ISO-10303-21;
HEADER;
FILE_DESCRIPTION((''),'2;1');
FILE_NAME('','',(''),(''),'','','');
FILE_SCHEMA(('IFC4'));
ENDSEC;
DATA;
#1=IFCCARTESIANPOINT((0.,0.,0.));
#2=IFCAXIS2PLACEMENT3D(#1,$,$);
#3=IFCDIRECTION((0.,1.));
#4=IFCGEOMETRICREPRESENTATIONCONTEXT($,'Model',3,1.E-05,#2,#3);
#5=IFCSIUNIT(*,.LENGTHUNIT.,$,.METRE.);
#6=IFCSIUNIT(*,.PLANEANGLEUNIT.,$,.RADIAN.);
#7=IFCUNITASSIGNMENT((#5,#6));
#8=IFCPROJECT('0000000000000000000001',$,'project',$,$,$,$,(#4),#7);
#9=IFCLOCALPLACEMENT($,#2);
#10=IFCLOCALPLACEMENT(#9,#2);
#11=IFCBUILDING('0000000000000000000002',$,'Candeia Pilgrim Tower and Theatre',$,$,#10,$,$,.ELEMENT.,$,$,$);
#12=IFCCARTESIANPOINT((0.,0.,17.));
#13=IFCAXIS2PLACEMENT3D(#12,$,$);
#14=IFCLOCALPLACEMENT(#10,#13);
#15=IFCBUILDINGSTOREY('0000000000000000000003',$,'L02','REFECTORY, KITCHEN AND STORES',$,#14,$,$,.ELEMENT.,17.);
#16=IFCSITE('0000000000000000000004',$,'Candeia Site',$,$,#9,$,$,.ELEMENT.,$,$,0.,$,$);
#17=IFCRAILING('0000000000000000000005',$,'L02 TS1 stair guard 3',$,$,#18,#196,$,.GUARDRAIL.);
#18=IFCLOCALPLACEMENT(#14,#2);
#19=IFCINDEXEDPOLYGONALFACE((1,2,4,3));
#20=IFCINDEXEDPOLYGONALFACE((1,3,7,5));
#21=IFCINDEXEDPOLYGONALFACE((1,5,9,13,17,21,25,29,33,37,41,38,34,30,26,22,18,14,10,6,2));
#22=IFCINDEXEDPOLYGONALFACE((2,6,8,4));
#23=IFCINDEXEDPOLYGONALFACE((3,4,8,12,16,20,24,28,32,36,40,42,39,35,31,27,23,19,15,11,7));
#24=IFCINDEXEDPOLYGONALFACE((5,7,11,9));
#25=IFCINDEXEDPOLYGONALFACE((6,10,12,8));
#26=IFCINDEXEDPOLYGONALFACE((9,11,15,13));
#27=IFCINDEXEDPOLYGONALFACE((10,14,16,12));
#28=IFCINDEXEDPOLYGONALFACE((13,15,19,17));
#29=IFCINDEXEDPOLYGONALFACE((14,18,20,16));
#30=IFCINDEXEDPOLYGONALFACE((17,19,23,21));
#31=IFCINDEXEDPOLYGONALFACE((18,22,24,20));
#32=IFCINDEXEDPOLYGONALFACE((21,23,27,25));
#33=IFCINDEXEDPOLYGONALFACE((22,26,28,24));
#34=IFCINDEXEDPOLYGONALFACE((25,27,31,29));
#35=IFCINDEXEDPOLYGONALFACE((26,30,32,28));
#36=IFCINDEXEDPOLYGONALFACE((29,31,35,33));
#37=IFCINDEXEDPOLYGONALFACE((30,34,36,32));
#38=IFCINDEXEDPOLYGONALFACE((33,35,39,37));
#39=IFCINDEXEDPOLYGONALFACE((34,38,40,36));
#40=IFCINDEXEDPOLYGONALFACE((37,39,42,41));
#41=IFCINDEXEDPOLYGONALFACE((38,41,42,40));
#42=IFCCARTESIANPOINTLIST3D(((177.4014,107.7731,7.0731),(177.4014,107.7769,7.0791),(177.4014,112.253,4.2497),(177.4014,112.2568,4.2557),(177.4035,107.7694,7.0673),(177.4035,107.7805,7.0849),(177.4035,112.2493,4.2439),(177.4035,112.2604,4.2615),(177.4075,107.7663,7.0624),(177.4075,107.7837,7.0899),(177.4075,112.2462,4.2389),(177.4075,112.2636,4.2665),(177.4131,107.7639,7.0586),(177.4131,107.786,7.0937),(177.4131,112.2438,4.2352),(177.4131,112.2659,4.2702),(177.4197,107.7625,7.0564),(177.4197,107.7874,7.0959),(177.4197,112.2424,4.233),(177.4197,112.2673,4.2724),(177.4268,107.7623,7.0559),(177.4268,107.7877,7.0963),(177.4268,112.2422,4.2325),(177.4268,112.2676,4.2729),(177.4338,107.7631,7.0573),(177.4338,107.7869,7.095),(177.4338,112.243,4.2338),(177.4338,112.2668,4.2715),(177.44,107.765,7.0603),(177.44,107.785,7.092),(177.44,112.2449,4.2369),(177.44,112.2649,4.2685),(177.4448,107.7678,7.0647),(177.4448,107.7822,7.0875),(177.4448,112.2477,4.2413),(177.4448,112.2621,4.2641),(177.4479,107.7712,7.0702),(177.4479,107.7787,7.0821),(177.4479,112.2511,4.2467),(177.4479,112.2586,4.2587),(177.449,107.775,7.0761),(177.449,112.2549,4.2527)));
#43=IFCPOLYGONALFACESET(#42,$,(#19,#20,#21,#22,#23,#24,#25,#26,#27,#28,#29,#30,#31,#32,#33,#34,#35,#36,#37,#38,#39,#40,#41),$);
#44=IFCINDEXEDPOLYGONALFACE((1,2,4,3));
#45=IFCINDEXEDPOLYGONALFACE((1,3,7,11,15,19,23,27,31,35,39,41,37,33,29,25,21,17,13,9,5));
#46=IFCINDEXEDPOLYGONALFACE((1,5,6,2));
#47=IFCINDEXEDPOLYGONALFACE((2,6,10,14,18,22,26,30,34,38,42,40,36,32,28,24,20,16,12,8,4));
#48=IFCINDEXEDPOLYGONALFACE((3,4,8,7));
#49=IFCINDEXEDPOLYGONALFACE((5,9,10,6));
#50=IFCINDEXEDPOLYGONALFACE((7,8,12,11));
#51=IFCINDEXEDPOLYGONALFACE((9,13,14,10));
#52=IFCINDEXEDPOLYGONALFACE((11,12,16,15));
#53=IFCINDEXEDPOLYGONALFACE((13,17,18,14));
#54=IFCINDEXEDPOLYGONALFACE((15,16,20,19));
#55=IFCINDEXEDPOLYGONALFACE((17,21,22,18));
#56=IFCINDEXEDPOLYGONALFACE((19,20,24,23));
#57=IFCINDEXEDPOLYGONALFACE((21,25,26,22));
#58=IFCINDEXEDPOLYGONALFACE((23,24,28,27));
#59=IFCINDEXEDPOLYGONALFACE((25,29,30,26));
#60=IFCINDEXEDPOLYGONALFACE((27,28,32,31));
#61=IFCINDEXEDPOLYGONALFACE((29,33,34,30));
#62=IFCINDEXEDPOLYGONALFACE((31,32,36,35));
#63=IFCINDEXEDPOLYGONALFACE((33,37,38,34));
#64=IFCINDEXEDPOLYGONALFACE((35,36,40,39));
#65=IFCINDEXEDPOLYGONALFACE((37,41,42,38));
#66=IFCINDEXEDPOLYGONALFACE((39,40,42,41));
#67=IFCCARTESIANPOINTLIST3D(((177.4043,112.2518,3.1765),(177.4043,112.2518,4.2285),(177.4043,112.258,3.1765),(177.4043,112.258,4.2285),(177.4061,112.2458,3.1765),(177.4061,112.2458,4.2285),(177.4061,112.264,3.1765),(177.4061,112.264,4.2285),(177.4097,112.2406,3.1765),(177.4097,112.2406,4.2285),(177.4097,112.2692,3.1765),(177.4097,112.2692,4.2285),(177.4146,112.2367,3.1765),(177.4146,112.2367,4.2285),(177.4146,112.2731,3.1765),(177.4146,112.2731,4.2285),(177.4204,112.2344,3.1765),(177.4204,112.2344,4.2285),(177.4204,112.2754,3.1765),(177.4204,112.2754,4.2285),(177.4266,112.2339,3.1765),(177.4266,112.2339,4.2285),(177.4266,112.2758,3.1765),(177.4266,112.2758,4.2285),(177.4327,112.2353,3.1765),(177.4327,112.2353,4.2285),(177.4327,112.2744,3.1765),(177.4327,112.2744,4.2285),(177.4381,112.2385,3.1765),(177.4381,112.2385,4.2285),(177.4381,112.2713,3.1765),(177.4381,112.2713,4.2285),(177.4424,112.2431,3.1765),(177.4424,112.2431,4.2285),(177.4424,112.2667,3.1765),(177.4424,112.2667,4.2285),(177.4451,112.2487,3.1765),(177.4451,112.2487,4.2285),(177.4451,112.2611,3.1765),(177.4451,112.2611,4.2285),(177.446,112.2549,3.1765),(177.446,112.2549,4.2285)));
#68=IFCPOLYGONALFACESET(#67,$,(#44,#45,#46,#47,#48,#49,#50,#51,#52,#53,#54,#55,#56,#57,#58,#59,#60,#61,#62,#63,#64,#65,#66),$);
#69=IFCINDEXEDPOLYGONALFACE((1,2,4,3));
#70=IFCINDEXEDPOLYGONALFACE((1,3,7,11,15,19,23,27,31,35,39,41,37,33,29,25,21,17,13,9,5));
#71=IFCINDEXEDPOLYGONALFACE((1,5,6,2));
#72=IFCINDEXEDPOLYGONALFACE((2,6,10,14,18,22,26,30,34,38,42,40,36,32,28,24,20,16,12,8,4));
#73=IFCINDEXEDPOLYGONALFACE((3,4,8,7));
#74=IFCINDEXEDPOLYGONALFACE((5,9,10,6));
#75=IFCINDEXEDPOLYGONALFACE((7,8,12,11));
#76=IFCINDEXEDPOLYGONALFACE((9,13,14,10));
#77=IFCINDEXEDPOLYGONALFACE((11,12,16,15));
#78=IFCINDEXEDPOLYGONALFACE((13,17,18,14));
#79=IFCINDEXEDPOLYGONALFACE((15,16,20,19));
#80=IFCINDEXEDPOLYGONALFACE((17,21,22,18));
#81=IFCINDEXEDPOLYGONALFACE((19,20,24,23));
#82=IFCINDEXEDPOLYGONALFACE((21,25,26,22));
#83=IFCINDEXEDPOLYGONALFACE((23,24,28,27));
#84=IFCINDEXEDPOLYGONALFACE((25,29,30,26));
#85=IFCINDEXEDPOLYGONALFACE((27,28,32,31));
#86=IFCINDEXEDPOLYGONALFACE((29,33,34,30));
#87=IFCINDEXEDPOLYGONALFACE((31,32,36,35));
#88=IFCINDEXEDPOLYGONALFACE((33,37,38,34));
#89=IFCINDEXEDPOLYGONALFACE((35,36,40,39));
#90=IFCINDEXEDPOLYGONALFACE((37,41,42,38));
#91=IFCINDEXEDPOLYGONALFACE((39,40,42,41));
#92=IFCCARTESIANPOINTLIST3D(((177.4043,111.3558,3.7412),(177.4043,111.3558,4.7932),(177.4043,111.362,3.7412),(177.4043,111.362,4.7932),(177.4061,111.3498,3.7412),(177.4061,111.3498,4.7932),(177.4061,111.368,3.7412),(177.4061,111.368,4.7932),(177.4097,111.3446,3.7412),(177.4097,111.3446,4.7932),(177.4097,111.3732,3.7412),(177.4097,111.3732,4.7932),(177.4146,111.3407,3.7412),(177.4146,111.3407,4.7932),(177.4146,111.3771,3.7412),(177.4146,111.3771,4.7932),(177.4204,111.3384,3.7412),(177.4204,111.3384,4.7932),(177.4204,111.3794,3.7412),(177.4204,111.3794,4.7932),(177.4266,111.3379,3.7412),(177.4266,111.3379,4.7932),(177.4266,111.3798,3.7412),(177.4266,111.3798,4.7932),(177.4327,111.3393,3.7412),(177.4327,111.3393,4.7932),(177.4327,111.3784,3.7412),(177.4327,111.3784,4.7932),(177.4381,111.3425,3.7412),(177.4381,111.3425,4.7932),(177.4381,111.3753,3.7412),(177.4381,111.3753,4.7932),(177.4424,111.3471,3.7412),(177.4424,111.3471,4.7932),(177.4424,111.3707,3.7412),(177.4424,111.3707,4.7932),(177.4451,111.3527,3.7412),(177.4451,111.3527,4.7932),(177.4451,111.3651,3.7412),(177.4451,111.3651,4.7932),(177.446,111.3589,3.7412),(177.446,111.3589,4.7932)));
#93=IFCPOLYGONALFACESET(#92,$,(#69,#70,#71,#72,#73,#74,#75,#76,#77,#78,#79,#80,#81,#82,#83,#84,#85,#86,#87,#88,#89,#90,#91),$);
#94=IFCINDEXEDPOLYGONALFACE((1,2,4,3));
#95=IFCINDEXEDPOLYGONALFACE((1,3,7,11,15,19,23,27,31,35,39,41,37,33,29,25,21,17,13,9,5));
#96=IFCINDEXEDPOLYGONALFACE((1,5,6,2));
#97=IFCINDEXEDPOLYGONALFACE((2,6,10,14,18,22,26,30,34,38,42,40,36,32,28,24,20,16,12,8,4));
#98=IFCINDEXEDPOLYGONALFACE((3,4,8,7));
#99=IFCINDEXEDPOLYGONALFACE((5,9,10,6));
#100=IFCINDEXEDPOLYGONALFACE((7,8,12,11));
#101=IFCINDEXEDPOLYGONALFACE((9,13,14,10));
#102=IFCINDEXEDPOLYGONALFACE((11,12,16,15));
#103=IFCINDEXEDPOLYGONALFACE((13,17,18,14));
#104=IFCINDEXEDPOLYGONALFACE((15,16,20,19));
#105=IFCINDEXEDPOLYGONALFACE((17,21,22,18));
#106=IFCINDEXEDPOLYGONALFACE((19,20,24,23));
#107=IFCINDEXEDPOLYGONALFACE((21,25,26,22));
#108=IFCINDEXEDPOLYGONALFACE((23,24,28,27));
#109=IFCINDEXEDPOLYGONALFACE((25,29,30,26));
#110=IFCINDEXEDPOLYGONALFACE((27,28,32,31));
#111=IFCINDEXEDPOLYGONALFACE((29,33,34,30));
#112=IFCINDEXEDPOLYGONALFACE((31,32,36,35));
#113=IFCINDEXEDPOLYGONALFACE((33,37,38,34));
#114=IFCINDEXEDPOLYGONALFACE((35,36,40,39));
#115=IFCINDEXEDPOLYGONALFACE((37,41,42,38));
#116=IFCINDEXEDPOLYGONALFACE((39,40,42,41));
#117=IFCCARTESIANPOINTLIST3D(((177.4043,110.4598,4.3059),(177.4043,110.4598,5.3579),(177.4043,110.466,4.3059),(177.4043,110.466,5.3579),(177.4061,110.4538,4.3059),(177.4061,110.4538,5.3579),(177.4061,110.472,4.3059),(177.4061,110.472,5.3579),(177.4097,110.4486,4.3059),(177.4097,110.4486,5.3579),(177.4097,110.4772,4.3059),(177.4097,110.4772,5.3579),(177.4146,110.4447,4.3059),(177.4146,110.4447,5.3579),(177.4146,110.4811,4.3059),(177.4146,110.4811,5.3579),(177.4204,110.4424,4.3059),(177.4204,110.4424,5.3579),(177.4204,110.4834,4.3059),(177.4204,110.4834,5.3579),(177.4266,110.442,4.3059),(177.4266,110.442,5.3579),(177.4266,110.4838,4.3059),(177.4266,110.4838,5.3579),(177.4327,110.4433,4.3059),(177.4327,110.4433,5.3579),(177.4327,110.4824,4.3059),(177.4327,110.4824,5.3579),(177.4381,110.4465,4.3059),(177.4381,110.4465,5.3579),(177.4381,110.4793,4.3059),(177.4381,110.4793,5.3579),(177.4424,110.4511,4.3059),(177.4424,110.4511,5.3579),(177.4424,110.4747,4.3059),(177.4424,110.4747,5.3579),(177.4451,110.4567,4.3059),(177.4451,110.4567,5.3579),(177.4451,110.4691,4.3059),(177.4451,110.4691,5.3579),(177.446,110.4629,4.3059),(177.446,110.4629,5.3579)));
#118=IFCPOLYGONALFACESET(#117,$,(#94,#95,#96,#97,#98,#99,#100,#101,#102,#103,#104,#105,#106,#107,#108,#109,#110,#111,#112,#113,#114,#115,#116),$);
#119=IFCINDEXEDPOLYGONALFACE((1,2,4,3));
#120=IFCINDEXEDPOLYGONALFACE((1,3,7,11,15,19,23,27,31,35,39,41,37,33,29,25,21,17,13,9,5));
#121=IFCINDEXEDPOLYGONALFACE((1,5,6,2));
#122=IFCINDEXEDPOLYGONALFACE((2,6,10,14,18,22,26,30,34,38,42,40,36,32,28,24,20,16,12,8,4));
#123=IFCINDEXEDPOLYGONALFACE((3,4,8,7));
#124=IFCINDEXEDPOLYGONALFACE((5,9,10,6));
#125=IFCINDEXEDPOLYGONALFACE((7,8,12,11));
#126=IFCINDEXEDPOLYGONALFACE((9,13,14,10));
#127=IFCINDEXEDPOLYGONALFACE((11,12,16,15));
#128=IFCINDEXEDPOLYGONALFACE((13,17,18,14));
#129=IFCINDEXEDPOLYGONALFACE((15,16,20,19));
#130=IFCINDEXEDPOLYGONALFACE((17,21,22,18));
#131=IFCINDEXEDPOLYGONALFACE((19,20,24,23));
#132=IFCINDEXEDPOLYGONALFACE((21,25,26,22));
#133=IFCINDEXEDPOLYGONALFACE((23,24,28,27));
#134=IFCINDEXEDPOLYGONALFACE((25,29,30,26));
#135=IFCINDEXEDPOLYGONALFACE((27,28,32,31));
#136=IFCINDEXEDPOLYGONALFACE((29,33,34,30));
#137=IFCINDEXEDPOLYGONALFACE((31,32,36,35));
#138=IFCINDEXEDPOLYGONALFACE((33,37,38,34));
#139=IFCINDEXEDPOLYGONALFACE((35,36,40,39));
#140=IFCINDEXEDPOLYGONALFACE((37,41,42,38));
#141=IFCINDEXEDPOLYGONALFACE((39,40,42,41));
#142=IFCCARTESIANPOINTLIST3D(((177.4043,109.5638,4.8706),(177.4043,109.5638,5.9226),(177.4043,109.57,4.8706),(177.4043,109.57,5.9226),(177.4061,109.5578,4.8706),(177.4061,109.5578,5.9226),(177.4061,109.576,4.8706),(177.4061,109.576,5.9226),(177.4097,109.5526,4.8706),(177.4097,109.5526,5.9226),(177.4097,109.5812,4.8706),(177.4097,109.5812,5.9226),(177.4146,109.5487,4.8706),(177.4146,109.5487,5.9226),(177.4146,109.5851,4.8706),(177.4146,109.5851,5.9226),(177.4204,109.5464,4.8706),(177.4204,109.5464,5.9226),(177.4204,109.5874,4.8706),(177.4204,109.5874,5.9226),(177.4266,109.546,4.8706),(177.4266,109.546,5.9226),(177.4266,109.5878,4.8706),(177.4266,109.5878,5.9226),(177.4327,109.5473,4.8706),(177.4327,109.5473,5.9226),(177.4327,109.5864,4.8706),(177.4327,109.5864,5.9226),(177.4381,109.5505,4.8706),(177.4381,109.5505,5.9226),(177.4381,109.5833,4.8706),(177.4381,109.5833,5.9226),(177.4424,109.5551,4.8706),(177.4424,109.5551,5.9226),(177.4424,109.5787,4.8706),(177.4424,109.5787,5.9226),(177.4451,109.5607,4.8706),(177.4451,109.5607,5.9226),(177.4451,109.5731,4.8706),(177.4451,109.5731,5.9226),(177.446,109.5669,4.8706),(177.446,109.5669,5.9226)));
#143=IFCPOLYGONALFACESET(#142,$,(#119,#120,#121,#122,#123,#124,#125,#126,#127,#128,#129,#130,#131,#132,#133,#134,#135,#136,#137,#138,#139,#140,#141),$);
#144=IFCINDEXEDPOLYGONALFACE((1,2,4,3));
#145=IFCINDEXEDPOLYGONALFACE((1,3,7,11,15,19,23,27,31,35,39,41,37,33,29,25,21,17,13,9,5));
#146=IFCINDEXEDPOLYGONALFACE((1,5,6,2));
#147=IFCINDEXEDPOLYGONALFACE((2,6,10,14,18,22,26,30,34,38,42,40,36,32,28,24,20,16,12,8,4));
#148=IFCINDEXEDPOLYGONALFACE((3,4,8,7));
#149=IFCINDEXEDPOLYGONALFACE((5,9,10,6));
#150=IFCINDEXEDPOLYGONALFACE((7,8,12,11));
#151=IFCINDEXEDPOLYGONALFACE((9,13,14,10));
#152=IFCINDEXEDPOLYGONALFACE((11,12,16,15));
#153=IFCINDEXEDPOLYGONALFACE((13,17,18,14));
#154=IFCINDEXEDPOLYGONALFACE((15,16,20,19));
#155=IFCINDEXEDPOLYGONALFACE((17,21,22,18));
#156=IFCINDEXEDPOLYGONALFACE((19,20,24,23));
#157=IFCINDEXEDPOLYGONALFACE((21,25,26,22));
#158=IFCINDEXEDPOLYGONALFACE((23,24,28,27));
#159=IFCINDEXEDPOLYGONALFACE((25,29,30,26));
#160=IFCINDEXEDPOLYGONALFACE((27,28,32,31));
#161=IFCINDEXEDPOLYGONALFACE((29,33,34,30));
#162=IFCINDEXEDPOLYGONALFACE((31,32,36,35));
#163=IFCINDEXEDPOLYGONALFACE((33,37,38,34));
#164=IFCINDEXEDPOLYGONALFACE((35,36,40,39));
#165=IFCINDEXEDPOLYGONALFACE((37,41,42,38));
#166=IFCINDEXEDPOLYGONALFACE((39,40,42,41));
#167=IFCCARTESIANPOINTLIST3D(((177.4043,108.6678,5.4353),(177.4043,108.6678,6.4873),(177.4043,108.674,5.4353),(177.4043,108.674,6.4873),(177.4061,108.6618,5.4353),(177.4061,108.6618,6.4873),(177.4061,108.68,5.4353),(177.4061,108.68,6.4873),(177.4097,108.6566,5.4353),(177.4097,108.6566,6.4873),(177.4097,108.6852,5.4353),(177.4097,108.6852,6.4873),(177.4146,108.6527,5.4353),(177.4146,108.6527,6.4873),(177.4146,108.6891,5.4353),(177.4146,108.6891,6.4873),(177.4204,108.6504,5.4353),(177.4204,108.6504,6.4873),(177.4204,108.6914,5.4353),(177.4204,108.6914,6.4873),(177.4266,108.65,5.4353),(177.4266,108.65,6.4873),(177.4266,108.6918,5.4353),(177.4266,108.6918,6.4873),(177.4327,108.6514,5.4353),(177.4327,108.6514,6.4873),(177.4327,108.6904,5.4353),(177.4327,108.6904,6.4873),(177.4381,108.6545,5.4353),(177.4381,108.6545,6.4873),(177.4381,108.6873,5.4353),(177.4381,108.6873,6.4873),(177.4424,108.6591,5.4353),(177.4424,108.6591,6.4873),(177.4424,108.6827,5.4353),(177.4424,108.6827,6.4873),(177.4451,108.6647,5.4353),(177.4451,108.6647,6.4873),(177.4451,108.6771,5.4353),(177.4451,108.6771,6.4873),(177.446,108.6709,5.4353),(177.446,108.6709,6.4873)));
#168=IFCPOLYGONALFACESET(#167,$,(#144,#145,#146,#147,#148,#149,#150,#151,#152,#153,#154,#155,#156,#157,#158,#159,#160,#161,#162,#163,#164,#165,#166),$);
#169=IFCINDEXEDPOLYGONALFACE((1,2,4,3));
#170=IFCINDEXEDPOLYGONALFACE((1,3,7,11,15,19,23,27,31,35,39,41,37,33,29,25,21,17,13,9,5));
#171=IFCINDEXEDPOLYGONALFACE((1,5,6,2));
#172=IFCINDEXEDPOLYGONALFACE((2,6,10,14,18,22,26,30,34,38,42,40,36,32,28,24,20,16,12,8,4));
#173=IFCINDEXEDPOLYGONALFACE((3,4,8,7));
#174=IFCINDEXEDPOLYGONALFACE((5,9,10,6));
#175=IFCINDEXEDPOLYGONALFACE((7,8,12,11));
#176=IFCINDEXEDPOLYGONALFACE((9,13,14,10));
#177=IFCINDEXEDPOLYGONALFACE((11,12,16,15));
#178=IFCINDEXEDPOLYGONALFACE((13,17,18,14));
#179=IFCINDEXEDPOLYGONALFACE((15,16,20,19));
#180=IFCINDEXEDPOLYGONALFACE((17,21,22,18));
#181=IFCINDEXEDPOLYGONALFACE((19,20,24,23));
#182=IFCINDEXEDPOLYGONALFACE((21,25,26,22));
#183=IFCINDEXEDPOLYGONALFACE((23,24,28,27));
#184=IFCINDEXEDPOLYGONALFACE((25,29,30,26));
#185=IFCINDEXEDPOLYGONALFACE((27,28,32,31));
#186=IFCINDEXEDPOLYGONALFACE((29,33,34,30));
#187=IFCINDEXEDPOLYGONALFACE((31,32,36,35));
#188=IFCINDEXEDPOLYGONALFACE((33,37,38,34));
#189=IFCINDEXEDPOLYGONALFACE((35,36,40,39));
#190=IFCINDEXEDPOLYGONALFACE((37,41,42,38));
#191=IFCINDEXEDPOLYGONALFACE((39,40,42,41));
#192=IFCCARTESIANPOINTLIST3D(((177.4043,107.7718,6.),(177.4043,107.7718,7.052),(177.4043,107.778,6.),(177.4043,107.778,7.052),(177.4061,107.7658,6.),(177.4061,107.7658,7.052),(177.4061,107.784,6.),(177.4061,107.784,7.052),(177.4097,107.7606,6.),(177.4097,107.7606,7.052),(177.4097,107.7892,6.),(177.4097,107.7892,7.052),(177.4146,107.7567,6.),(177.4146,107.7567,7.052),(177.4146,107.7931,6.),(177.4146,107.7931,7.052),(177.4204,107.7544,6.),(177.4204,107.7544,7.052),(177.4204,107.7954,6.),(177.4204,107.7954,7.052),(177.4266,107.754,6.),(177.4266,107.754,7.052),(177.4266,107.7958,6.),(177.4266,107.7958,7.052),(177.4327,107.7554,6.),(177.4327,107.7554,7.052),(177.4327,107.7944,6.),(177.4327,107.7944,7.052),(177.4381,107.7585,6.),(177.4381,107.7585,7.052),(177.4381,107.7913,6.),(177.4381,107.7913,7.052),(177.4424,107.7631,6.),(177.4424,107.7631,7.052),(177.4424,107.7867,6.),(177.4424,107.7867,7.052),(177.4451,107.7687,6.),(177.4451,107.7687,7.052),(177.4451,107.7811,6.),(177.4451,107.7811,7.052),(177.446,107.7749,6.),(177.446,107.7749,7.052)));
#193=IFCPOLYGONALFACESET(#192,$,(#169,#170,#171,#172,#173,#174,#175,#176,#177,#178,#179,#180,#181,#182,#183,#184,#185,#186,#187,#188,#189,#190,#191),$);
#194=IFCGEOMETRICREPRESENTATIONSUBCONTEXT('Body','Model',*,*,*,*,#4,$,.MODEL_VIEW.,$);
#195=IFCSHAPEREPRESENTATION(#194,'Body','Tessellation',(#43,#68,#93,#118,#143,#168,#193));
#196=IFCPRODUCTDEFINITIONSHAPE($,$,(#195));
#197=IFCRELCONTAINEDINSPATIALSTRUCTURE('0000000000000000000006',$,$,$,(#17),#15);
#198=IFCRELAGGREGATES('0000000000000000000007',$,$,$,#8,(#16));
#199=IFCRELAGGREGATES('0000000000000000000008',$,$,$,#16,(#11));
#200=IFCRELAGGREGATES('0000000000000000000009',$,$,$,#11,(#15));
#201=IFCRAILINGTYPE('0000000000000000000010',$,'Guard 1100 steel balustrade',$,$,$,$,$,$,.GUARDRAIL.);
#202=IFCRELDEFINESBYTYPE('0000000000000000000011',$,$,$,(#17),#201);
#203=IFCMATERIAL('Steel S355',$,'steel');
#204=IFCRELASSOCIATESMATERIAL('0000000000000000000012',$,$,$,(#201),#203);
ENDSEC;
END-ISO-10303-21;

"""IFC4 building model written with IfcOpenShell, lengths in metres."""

from ifc_helpers import new_model, si_unit, direction, frame, origin, origin_2d, place, context, subcontext, project, spatial, circle, extrude, material, type_object, element, save


model = new_model("IFC4")

# Units and contexts
model_context = context("Model", 3, precision=1e-05, world=origin(), true_north=direction((0.0, 1.0)))
body_context = subcontext(model_context, "Body", "Model", "MODEL_VIEW")
ifc_project = project(units=[si_unit("LENGTHUNIT", "METRE"), si_unit("PLANEANGLEUNIT", "RADIAN")], contexts=[model_context])

# Site, building, storey
site_placement = place(None, origin())
site = spatial("IfcSite", under=ifc_project, at=site_placement, Name="Candeia Site", CompositionType="ELEMENT", RefElevation=0.0)
building_placement = place(site_placement, origin())
building = spatial("IfcBuilding", under=site, at=building_placement, Name="Candeia Pilgrim Tower and Theatre", CompositionType="ELEMENT")
storey_placement = place(building_placement, frame((0.0, 0.0, 17.0)))
storey = spatial("IfcBuildingStorey", under=building, at=storey_placement, Name="L02", Description="REFECTORY, KITCHEN AND STORES", CompositionType="ELEMENT", Elevation=17.0)

# Railing
ifc_material_1 = material(Name="Steel S355", Category="steel")
railing_type_1 = type_object("IfcRailingType", Name="Guard 1100 steel balustrade", PredefinedType="GUARDRAIL", material=ifc_material_1)
railing_1_placement = place(storey_placement, frame((177.425, 112.2549, 3.1765)))
element("IfcRailing", 1, at=railing_1_placement, inside=storey, type_object=railing_type_1, Name="L02 TS1 stair guard 3", PredefinedType="GUARDRAIL", context=body_context, shape_type="SweptSolid", body=[
    extrude(circle(Radius=0.0239, at=origin_2d()), frame((0.0, 0.0, 1.0762), z_axis=(0.0, -0.845998, 0.533186), x_axis=(1.0, 0.0, 0.0)), (0.0, 0.0, 1.0), 5.2954),
    extrude(circle(Radius=0.021, at=origin_2d()), origin(), (0.0, 0.0, 1.0), 1.052),
    extrude(circle(Radius=0.021, at=origin_2d()), frame((0.0, -0.896, 0.5647)), (0.0, 0.0, 1.0), 1.052),
    extrude(circle(Radius=0.021, at=origin_2d()), frame((0.0, -1.792, 1.1294)), (0.0, 0.0, 1.0), 1.052),
    extrude(circle(Radius=0.021, at=origin_2d()), frame((0.0, -2.688, 1.6941)), (0.0, 0.0, 1.0), 1.052),
    extrude(circle(Radius=0.021, at=origin_2d()), frame((0.0, -3.584, 2.2588)), (0.0, 0.0, 1.0), 1.052),
    extrude(circle(Radius=0.021, at=origin_2d()), frame((0.0, -4.48, 2.8235)), (0.0, 0.0, 1.0), 1.052),
])

save(model, "model.ifc")
